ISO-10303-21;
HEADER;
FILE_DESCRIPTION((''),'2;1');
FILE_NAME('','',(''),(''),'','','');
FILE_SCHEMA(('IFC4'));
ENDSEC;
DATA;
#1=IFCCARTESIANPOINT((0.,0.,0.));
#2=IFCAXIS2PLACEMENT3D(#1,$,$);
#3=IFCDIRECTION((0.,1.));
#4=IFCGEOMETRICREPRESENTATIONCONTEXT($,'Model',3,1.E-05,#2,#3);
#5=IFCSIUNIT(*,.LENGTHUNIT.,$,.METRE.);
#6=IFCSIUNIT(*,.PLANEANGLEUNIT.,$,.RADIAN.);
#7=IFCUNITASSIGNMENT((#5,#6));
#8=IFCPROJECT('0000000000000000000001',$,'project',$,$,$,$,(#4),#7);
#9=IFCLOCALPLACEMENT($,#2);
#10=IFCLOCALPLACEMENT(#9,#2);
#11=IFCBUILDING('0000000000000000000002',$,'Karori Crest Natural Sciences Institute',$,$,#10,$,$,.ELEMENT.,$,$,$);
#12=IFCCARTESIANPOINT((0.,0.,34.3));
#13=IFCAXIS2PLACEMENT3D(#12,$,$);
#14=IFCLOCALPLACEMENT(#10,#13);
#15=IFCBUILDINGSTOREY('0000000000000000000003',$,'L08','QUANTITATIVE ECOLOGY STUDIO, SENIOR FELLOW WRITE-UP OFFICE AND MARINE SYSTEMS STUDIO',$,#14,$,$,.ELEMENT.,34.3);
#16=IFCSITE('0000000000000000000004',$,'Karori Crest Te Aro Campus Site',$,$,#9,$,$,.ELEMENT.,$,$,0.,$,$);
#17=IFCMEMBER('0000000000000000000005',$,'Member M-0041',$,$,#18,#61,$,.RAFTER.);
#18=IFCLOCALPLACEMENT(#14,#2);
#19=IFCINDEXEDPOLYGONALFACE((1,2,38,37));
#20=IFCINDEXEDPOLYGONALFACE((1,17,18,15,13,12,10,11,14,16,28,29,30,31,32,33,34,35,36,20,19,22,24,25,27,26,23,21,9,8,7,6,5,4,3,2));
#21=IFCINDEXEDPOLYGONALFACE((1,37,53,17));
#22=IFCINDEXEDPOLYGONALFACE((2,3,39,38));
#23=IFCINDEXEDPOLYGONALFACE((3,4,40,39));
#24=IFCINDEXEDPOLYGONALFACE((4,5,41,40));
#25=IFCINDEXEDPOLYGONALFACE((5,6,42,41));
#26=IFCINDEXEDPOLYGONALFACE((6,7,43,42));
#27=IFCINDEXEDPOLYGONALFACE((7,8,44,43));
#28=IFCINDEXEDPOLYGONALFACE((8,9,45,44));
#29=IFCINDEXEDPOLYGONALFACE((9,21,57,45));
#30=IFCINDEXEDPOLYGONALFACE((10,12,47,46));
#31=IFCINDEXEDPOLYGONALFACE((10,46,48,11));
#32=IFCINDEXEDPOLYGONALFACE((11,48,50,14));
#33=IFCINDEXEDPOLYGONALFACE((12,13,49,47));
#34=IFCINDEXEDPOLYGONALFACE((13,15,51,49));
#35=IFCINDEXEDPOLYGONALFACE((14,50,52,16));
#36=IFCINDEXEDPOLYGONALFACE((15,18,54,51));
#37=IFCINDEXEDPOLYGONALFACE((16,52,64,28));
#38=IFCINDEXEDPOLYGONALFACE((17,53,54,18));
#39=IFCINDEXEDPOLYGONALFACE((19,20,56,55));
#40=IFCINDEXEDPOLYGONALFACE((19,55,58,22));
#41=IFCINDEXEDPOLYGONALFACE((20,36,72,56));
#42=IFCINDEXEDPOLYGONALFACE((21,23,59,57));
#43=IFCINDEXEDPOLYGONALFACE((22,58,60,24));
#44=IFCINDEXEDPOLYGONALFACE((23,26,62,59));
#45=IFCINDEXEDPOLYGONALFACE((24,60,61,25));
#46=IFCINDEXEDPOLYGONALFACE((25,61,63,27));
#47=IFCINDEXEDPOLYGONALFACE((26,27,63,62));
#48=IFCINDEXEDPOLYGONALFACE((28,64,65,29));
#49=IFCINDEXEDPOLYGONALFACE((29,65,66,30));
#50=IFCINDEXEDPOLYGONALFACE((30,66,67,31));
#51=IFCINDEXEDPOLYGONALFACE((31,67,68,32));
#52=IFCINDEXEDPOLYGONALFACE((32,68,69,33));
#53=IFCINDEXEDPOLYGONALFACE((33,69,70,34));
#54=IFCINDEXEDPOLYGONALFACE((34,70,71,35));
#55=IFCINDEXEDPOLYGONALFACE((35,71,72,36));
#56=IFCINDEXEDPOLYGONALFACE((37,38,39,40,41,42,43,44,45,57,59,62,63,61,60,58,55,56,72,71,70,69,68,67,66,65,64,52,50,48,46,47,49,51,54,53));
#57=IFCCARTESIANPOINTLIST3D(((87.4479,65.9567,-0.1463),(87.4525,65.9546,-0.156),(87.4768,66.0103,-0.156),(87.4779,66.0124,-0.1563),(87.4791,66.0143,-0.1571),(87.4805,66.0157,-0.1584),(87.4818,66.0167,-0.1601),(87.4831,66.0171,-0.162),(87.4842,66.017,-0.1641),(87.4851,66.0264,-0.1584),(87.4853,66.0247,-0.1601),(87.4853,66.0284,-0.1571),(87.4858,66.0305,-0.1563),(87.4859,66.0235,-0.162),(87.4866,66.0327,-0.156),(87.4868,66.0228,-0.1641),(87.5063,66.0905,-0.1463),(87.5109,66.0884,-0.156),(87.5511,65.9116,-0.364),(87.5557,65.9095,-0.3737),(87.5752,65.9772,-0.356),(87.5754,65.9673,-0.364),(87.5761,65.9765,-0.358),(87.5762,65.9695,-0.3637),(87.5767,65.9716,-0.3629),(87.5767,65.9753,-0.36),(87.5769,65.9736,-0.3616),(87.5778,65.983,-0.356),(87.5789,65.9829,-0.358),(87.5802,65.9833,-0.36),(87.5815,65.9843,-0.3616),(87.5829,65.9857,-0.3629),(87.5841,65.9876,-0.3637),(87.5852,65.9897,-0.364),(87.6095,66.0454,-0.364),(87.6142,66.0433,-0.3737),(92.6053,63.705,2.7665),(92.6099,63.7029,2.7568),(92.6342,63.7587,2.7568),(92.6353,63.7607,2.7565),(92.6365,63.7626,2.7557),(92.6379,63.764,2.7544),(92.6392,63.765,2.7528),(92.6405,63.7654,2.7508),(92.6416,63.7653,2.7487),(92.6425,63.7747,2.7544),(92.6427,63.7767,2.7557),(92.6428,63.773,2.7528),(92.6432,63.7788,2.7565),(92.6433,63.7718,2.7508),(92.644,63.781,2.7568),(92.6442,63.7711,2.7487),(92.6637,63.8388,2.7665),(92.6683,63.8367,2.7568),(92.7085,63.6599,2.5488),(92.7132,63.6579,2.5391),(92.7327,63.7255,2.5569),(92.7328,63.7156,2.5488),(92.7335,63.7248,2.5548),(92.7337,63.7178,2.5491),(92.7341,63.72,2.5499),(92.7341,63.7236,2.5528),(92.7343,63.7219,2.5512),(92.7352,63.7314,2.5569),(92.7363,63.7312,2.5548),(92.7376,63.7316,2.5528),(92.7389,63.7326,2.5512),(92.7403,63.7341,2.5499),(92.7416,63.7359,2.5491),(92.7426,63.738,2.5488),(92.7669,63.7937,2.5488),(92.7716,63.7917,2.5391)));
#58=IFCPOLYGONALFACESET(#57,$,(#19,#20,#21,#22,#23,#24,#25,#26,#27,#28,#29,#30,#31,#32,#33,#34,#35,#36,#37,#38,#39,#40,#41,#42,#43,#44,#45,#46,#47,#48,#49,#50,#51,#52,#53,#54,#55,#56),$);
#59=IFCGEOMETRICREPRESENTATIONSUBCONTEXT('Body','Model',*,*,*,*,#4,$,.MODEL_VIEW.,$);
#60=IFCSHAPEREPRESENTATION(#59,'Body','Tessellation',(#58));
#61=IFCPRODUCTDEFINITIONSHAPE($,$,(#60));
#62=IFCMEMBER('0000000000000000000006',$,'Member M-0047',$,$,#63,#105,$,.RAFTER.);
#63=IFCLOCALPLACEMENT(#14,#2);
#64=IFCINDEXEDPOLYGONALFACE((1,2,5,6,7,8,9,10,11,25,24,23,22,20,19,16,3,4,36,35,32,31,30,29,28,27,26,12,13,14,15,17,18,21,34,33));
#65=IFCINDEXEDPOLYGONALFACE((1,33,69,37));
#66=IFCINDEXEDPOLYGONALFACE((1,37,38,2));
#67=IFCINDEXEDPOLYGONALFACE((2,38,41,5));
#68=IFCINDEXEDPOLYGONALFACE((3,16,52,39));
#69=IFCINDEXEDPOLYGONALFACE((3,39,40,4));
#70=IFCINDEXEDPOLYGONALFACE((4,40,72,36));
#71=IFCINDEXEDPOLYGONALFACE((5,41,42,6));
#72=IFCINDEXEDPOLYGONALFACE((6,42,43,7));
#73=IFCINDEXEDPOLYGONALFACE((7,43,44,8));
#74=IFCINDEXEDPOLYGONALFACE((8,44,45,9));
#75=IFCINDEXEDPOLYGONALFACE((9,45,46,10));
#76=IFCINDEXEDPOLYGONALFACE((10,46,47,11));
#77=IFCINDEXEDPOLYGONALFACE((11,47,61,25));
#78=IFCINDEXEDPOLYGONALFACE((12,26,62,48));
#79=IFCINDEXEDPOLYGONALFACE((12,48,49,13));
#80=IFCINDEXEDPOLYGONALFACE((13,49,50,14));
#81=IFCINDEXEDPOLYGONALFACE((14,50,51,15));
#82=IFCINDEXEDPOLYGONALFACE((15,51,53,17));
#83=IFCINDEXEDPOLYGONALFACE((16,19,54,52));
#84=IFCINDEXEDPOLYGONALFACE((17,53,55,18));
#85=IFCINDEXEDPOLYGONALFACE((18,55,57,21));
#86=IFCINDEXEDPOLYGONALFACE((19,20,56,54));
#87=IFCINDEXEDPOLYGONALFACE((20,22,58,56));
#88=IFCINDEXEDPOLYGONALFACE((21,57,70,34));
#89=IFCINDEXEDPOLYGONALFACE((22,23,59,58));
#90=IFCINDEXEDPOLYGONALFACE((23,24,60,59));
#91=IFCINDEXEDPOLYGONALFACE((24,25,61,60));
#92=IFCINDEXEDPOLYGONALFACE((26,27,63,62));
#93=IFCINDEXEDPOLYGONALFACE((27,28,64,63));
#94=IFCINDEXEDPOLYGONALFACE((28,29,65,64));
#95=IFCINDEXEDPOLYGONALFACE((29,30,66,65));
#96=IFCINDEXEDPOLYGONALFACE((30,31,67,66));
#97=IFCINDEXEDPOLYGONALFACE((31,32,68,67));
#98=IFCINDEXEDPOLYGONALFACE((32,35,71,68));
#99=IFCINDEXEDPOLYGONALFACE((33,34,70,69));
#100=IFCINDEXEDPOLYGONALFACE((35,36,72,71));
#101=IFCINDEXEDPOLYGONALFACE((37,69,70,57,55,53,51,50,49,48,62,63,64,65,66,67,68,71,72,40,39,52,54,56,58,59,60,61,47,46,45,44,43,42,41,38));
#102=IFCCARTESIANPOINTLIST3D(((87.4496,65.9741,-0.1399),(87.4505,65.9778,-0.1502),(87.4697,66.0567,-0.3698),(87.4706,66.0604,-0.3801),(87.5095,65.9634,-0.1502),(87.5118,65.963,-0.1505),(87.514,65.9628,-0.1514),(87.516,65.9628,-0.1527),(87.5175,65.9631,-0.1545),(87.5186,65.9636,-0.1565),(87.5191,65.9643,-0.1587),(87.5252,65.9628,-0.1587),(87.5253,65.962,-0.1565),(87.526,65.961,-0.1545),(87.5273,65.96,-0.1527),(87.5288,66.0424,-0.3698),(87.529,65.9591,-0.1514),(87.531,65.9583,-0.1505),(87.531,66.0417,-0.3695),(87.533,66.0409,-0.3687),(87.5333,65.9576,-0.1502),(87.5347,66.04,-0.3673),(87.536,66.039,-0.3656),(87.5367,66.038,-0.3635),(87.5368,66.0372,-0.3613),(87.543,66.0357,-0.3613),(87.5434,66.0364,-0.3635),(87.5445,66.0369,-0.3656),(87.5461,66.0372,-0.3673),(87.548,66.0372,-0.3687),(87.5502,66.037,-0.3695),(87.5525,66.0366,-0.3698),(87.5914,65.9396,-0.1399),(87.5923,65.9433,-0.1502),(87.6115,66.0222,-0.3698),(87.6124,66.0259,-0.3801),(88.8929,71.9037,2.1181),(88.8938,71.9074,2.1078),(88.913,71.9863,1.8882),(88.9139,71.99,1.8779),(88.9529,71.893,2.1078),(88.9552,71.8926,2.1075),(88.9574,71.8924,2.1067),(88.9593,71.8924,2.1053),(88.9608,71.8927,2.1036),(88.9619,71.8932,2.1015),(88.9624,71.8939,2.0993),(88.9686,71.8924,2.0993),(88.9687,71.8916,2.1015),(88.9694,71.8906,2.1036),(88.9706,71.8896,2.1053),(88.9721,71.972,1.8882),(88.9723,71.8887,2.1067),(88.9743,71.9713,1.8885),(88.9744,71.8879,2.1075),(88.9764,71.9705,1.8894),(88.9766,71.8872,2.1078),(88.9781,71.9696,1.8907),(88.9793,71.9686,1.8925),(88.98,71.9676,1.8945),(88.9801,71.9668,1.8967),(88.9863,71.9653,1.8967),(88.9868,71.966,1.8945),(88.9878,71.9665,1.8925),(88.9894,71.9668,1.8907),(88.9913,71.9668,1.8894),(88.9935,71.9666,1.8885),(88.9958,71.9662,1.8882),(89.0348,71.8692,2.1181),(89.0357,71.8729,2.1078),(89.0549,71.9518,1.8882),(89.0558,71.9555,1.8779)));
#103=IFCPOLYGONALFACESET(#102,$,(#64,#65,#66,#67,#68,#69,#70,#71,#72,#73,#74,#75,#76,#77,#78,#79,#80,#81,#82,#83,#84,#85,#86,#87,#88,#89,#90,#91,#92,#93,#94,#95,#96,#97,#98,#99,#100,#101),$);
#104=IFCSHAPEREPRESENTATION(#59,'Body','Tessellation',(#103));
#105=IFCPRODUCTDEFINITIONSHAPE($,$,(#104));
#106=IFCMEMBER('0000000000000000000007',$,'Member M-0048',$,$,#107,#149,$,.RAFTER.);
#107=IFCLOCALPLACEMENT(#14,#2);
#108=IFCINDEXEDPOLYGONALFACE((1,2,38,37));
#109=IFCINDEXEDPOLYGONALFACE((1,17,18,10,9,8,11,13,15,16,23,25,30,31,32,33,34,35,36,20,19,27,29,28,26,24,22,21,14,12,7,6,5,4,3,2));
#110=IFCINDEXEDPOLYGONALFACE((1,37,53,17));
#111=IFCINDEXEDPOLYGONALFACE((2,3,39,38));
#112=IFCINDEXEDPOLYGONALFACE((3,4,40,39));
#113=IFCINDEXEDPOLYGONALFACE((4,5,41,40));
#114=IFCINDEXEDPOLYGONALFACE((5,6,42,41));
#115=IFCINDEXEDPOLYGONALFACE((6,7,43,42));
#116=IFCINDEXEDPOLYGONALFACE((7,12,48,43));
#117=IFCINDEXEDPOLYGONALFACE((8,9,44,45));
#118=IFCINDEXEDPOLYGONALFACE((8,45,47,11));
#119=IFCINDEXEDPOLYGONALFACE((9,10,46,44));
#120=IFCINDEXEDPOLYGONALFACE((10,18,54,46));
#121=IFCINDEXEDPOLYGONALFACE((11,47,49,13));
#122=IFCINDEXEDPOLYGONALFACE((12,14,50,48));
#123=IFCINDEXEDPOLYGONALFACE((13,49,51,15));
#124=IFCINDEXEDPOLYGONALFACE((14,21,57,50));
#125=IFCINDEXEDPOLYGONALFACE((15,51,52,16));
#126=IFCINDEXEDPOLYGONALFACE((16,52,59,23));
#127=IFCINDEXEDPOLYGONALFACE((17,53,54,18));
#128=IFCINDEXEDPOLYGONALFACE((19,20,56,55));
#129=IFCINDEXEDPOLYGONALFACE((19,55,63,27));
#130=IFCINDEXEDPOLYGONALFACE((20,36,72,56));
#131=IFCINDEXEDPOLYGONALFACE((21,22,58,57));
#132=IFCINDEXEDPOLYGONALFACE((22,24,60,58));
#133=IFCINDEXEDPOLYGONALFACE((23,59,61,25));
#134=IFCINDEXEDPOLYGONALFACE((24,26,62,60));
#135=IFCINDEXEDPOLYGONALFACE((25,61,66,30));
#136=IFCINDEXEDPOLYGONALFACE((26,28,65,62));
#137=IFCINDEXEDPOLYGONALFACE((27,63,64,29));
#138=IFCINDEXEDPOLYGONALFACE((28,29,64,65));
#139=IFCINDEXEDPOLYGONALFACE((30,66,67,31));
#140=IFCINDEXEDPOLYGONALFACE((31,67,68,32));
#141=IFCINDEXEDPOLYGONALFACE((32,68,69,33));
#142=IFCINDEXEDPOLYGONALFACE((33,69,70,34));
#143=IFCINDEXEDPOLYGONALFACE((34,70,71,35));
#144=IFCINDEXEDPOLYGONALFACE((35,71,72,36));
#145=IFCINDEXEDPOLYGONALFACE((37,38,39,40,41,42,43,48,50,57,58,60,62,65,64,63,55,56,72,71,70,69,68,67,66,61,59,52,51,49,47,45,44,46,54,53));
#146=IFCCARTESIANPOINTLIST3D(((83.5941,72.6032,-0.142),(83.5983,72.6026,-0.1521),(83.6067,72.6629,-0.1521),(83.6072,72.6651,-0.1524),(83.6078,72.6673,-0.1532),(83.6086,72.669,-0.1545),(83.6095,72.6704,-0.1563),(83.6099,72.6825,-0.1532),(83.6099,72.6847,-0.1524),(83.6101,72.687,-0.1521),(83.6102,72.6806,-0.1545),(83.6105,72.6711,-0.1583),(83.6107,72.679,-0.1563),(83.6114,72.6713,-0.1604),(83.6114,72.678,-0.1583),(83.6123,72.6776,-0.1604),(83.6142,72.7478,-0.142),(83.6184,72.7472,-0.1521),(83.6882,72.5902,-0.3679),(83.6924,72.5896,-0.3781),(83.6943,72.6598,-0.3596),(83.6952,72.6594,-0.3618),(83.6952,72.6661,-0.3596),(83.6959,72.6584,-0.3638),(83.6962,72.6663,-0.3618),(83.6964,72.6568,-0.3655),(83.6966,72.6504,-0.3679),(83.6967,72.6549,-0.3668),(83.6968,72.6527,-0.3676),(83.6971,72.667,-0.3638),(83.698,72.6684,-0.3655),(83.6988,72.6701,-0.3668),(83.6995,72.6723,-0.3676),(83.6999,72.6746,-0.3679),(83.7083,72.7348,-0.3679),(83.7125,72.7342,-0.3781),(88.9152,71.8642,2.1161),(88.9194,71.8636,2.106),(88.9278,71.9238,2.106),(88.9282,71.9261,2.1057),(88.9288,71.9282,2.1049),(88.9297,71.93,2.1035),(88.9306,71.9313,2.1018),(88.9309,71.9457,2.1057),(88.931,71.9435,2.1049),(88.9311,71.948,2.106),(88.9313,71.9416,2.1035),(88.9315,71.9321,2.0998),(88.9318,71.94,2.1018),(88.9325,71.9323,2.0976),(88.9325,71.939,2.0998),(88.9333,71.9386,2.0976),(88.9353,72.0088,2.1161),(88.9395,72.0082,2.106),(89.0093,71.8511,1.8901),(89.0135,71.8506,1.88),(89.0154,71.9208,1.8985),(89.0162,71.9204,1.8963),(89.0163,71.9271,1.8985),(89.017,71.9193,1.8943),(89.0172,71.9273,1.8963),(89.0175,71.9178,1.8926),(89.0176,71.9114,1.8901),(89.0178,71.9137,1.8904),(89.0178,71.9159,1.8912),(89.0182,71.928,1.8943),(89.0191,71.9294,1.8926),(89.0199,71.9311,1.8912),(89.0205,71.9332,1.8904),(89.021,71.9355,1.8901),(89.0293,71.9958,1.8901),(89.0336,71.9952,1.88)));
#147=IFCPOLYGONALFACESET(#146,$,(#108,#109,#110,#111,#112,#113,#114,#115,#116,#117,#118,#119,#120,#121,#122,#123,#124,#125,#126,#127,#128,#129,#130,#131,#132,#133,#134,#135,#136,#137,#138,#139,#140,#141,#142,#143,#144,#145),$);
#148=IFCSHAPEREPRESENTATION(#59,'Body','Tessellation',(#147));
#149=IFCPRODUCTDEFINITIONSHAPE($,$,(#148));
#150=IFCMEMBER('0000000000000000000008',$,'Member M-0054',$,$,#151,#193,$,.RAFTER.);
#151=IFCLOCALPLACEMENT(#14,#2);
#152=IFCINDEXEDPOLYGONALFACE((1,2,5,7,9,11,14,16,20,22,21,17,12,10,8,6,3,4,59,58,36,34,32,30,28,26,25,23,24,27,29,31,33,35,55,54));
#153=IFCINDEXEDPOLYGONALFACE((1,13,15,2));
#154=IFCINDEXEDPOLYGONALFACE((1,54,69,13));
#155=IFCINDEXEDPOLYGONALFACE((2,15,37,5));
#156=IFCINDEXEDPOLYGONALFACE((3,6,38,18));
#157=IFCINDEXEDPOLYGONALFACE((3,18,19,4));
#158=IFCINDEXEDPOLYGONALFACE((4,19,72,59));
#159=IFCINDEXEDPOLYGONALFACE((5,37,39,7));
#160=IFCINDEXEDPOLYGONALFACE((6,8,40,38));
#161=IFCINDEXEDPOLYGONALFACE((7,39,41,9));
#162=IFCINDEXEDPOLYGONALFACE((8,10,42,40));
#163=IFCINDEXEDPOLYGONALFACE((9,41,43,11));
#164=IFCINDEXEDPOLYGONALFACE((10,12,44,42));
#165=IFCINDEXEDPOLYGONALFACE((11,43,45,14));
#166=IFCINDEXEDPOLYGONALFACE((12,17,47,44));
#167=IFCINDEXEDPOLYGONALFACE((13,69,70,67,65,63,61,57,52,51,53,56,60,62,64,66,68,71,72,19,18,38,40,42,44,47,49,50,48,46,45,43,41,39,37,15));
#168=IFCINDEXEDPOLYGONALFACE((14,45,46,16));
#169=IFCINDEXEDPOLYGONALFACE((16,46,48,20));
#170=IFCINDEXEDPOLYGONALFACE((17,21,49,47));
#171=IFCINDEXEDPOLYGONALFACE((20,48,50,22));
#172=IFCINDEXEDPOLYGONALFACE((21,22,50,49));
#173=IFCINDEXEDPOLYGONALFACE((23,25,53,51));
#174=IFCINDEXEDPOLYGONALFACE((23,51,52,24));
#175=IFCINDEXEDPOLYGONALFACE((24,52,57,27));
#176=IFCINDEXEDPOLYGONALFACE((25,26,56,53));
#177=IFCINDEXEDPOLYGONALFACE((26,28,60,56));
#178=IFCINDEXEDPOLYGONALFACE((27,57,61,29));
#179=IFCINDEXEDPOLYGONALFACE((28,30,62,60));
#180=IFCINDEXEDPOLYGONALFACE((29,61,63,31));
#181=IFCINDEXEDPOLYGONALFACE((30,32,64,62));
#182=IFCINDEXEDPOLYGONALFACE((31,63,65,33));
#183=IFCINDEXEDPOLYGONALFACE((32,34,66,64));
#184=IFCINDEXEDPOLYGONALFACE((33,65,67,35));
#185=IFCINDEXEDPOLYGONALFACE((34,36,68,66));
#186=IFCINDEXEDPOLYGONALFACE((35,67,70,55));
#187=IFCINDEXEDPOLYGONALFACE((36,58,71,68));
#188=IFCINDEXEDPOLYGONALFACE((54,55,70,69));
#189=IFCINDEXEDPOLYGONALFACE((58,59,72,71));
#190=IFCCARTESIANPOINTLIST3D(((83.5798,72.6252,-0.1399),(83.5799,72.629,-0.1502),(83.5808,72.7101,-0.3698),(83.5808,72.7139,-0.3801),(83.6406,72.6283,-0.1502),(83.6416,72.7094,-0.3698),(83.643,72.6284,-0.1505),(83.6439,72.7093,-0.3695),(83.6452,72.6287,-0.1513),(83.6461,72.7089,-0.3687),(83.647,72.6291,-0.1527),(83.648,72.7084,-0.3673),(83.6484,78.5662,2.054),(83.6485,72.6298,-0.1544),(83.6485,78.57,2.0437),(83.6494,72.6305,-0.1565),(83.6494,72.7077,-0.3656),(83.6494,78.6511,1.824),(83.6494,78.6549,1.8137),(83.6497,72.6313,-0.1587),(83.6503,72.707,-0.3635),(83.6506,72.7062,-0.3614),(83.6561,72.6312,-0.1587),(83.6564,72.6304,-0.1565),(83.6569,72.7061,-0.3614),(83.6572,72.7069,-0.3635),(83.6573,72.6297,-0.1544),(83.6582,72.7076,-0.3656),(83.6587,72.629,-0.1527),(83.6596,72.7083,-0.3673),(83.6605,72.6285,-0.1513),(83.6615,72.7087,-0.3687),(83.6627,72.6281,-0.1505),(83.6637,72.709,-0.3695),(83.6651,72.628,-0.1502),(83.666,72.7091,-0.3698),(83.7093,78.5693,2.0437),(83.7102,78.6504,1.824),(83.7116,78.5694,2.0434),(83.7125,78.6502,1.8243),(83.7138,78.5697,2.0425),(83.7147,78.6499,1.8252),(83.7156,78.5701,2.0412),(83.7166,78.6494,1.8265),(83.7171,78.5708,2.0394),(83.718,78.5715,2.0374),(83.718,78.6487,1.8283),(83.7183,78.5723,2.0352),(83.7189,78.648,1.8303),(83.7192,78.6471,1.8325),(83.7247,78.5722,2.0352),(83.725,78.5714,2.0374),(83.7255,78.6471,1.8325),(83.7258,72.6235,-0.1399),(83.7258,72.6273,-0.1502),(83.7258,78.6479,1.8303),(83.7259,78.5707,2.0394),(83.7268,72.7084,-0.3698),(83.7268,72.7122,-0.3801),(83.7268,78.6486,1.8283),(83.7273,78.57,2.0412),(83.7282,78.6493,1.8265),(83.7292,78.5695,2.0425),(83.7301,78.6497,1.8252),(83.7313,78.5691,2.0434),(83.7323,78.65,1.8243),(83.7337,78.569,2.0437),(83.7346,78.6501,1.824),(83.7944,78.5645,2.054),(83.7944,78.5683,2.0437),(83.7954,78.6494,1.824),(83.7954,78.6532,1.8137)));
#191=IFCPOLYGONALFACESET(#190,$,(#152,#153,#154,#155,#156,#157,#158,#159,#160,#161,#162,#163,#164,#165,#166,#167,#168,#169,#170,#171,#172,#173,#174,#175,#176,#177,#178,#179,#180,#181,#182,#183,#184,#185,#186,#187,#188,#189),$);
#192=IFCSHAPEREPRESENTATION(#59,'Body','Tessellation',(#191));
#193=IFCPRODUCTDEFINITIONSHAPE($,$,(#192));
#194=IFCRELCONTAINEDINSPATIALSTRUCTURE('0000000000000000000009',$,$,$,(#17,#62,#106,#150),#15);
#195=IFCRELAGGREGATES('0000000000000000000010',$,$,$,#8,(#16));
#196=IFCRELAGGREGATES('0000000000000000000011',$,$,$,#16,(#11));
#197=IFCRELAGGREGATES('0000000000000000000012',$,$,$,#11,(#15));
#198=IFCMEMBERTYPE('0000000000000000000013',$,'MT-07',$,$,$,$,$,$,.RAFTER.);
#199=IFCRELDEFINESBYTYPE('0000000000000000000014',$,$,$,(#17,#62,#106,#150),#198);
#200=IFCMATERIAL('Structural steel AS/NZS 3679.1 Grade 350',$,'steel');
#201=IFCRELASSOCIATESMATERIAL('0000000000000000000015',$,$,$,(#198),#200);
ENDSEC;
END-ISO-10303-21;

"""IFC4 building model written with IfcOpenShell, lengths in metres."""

from ifc_helpers import new_model, si_unit, direction, frame, origin, origin_2d, place, context, subcontext, project, spatial, i_section, extrude, material, material_profile, profile_set, type_object, element, save


model = new_model("IFC4")

# Units and contexts
model_context = context("Model", 3, precision=1e-05, world=origin(), true_north=direction((0.0, 1.0)))
body_context = subcontext(model_context, "Body", "Model", "MODEL_VIEW")
ifc_project = project(units=[si_unit("LENGTHUNIT", "METRE"), si_unit("PLANEANGLEUNIT", "RADIAN")], contexts=[model_context])

# Site, building, storey
site_placement = place(None, origin())
site = spatial("IfcSite", under=ifc_project, at=site_placement, Name="Karori Crest Te Aro Campus Site", CompositionType="ELEMENT", RefElevation=0.0)
building_placement = place(site_placement, origin())
building = spatial("IfcBuilding", under=site, at=building_placement, Name="Karori Crest Natural Sciences Institute", CompositionType="ELEMENT")
storey_placement = place(building_placement, frame((0.0, 0.0, 34.3)))
storey = spatial("IfcBuildingStorey", under=building, at=storey_placement, Name="L08", Description="QUANTITATIVE ECOLOGY STUDIO, SENIOR FELLOW WRITE-UP OFFICE AND MARINE SYSTEMS STUDIO", CompositionType="ELEMENT", Elevation=34.3)

# Members
ifc_material_1 = material(Name="Structural steel AS/NZS 3679.1 Grade 350", Category="steel")
ifc_material_profile_1 = material_profile(ifc_material_1, i_section(OverallWidth=0.146, OverallDepth=0.2561, WebThickness=0.0063, FlangeThickness=0.011, FilletRadius=0.009, at=origin_2d()), Name="250UB37.3")
ifc_profile_set_1 = profile_set([ifc_material_profile_1], Name="Structural steel AS/NZS 3679.1 Grade 350")
member_type_1 = type_object("IfcMemberType", Name="MT-07", PredefinedType="RAFTER", material=ifc_profile_set_1)
member_1_placement = place(storey_placement, frame((87.531, 66.0, -0.26), z_axis=(0.813899, -0.355342, 0.459675), x_axis=(0.40012, 0.916463, 0.0)))
element("IfcMember", 1, at=member_1_placement, inside=storey, type_object=member_type_1, Name="Member M-0041", PredefinedType="RAFTER", context=body_context, shape_type="SweptSolid", body=[
    extrude(i_section(OverallWidth=0.146, OverallDepth=0.2561, WebThickness=0.0063, FlangeThickness=0.011, FilletRadius=0.009, at=origin_2d()), origin(), (0.0, 0.0, 1.0), 6.3367),
])
member_2_placement = place(storey_placement, frame((87.531, 66.0, -0.26), z_axis=(0.221811, 0.911254, 0.34701), x_axis=(-0.97163, 0.236507, 0.0)))
element("IfcMember", 2, at=member_2_placement, inside=storey, type_object=member_type_1, Name="Member M-0047", PredefinedType="RAFTER", context=body_context, shape_type="SweptSolid", body=[
    extrude(i_section(OverallWidth=0.146, OverallDepth=0.2561, WebThickness=0.0063, FlangeThickness=0.011, FilletRadius=0.009, at=origin_2d()), origin(), (0.0, 0.0, 1.0), 6.5071),
])
member_3_placement = place(storey_placement, frame((83.6533, 72.6687, -0.26), z_axis=(0.913109, -0.126817, 0.38749), x_axis=(0.137565, 0.990493, 0.0)))
element("IfcMember", 3, at=member_3_placement, inside=storey, type_object=member_type_1, Name="Member M-0048", PredefinedType="RAFTER", context=body_context, shape_type="SweptSolid", body=[
    extrude(i_section(OverallWidth=0.146, OverallDepth=0.2561, WebThickness=0.0063, FlangeThickness=0.011, FilletRadius=0.009, at=origin_2d()), origin(), (0.0, 0.0, 1.0), 5.8274),
])
member_4_placement = place(storey_placement, frame((83.6533, 72.6687, -0.26), z_axis=(0.010832, 0.938027, 0.346392), x_axis=(-0.999933, 0.011547, 0.0)))
element("IfcMember", 4, at=member_4_placement, inside=storey, type_object=member_type_1, Name="Member M-0054", PredefinedType="RAFTER", context=body_context, shape_type="SweptSolid", body=[
    extrude(i_section(OverallWidth=0.146, OverallDepth=0.2561, WebThickness=0.0063, FlangeThickness=0.011, FilletRadius=0.009, at=origin_2d()), origin(), (0.0, 0.0, 1.0), 6.3335),
])

save(model, "model.ifc")
